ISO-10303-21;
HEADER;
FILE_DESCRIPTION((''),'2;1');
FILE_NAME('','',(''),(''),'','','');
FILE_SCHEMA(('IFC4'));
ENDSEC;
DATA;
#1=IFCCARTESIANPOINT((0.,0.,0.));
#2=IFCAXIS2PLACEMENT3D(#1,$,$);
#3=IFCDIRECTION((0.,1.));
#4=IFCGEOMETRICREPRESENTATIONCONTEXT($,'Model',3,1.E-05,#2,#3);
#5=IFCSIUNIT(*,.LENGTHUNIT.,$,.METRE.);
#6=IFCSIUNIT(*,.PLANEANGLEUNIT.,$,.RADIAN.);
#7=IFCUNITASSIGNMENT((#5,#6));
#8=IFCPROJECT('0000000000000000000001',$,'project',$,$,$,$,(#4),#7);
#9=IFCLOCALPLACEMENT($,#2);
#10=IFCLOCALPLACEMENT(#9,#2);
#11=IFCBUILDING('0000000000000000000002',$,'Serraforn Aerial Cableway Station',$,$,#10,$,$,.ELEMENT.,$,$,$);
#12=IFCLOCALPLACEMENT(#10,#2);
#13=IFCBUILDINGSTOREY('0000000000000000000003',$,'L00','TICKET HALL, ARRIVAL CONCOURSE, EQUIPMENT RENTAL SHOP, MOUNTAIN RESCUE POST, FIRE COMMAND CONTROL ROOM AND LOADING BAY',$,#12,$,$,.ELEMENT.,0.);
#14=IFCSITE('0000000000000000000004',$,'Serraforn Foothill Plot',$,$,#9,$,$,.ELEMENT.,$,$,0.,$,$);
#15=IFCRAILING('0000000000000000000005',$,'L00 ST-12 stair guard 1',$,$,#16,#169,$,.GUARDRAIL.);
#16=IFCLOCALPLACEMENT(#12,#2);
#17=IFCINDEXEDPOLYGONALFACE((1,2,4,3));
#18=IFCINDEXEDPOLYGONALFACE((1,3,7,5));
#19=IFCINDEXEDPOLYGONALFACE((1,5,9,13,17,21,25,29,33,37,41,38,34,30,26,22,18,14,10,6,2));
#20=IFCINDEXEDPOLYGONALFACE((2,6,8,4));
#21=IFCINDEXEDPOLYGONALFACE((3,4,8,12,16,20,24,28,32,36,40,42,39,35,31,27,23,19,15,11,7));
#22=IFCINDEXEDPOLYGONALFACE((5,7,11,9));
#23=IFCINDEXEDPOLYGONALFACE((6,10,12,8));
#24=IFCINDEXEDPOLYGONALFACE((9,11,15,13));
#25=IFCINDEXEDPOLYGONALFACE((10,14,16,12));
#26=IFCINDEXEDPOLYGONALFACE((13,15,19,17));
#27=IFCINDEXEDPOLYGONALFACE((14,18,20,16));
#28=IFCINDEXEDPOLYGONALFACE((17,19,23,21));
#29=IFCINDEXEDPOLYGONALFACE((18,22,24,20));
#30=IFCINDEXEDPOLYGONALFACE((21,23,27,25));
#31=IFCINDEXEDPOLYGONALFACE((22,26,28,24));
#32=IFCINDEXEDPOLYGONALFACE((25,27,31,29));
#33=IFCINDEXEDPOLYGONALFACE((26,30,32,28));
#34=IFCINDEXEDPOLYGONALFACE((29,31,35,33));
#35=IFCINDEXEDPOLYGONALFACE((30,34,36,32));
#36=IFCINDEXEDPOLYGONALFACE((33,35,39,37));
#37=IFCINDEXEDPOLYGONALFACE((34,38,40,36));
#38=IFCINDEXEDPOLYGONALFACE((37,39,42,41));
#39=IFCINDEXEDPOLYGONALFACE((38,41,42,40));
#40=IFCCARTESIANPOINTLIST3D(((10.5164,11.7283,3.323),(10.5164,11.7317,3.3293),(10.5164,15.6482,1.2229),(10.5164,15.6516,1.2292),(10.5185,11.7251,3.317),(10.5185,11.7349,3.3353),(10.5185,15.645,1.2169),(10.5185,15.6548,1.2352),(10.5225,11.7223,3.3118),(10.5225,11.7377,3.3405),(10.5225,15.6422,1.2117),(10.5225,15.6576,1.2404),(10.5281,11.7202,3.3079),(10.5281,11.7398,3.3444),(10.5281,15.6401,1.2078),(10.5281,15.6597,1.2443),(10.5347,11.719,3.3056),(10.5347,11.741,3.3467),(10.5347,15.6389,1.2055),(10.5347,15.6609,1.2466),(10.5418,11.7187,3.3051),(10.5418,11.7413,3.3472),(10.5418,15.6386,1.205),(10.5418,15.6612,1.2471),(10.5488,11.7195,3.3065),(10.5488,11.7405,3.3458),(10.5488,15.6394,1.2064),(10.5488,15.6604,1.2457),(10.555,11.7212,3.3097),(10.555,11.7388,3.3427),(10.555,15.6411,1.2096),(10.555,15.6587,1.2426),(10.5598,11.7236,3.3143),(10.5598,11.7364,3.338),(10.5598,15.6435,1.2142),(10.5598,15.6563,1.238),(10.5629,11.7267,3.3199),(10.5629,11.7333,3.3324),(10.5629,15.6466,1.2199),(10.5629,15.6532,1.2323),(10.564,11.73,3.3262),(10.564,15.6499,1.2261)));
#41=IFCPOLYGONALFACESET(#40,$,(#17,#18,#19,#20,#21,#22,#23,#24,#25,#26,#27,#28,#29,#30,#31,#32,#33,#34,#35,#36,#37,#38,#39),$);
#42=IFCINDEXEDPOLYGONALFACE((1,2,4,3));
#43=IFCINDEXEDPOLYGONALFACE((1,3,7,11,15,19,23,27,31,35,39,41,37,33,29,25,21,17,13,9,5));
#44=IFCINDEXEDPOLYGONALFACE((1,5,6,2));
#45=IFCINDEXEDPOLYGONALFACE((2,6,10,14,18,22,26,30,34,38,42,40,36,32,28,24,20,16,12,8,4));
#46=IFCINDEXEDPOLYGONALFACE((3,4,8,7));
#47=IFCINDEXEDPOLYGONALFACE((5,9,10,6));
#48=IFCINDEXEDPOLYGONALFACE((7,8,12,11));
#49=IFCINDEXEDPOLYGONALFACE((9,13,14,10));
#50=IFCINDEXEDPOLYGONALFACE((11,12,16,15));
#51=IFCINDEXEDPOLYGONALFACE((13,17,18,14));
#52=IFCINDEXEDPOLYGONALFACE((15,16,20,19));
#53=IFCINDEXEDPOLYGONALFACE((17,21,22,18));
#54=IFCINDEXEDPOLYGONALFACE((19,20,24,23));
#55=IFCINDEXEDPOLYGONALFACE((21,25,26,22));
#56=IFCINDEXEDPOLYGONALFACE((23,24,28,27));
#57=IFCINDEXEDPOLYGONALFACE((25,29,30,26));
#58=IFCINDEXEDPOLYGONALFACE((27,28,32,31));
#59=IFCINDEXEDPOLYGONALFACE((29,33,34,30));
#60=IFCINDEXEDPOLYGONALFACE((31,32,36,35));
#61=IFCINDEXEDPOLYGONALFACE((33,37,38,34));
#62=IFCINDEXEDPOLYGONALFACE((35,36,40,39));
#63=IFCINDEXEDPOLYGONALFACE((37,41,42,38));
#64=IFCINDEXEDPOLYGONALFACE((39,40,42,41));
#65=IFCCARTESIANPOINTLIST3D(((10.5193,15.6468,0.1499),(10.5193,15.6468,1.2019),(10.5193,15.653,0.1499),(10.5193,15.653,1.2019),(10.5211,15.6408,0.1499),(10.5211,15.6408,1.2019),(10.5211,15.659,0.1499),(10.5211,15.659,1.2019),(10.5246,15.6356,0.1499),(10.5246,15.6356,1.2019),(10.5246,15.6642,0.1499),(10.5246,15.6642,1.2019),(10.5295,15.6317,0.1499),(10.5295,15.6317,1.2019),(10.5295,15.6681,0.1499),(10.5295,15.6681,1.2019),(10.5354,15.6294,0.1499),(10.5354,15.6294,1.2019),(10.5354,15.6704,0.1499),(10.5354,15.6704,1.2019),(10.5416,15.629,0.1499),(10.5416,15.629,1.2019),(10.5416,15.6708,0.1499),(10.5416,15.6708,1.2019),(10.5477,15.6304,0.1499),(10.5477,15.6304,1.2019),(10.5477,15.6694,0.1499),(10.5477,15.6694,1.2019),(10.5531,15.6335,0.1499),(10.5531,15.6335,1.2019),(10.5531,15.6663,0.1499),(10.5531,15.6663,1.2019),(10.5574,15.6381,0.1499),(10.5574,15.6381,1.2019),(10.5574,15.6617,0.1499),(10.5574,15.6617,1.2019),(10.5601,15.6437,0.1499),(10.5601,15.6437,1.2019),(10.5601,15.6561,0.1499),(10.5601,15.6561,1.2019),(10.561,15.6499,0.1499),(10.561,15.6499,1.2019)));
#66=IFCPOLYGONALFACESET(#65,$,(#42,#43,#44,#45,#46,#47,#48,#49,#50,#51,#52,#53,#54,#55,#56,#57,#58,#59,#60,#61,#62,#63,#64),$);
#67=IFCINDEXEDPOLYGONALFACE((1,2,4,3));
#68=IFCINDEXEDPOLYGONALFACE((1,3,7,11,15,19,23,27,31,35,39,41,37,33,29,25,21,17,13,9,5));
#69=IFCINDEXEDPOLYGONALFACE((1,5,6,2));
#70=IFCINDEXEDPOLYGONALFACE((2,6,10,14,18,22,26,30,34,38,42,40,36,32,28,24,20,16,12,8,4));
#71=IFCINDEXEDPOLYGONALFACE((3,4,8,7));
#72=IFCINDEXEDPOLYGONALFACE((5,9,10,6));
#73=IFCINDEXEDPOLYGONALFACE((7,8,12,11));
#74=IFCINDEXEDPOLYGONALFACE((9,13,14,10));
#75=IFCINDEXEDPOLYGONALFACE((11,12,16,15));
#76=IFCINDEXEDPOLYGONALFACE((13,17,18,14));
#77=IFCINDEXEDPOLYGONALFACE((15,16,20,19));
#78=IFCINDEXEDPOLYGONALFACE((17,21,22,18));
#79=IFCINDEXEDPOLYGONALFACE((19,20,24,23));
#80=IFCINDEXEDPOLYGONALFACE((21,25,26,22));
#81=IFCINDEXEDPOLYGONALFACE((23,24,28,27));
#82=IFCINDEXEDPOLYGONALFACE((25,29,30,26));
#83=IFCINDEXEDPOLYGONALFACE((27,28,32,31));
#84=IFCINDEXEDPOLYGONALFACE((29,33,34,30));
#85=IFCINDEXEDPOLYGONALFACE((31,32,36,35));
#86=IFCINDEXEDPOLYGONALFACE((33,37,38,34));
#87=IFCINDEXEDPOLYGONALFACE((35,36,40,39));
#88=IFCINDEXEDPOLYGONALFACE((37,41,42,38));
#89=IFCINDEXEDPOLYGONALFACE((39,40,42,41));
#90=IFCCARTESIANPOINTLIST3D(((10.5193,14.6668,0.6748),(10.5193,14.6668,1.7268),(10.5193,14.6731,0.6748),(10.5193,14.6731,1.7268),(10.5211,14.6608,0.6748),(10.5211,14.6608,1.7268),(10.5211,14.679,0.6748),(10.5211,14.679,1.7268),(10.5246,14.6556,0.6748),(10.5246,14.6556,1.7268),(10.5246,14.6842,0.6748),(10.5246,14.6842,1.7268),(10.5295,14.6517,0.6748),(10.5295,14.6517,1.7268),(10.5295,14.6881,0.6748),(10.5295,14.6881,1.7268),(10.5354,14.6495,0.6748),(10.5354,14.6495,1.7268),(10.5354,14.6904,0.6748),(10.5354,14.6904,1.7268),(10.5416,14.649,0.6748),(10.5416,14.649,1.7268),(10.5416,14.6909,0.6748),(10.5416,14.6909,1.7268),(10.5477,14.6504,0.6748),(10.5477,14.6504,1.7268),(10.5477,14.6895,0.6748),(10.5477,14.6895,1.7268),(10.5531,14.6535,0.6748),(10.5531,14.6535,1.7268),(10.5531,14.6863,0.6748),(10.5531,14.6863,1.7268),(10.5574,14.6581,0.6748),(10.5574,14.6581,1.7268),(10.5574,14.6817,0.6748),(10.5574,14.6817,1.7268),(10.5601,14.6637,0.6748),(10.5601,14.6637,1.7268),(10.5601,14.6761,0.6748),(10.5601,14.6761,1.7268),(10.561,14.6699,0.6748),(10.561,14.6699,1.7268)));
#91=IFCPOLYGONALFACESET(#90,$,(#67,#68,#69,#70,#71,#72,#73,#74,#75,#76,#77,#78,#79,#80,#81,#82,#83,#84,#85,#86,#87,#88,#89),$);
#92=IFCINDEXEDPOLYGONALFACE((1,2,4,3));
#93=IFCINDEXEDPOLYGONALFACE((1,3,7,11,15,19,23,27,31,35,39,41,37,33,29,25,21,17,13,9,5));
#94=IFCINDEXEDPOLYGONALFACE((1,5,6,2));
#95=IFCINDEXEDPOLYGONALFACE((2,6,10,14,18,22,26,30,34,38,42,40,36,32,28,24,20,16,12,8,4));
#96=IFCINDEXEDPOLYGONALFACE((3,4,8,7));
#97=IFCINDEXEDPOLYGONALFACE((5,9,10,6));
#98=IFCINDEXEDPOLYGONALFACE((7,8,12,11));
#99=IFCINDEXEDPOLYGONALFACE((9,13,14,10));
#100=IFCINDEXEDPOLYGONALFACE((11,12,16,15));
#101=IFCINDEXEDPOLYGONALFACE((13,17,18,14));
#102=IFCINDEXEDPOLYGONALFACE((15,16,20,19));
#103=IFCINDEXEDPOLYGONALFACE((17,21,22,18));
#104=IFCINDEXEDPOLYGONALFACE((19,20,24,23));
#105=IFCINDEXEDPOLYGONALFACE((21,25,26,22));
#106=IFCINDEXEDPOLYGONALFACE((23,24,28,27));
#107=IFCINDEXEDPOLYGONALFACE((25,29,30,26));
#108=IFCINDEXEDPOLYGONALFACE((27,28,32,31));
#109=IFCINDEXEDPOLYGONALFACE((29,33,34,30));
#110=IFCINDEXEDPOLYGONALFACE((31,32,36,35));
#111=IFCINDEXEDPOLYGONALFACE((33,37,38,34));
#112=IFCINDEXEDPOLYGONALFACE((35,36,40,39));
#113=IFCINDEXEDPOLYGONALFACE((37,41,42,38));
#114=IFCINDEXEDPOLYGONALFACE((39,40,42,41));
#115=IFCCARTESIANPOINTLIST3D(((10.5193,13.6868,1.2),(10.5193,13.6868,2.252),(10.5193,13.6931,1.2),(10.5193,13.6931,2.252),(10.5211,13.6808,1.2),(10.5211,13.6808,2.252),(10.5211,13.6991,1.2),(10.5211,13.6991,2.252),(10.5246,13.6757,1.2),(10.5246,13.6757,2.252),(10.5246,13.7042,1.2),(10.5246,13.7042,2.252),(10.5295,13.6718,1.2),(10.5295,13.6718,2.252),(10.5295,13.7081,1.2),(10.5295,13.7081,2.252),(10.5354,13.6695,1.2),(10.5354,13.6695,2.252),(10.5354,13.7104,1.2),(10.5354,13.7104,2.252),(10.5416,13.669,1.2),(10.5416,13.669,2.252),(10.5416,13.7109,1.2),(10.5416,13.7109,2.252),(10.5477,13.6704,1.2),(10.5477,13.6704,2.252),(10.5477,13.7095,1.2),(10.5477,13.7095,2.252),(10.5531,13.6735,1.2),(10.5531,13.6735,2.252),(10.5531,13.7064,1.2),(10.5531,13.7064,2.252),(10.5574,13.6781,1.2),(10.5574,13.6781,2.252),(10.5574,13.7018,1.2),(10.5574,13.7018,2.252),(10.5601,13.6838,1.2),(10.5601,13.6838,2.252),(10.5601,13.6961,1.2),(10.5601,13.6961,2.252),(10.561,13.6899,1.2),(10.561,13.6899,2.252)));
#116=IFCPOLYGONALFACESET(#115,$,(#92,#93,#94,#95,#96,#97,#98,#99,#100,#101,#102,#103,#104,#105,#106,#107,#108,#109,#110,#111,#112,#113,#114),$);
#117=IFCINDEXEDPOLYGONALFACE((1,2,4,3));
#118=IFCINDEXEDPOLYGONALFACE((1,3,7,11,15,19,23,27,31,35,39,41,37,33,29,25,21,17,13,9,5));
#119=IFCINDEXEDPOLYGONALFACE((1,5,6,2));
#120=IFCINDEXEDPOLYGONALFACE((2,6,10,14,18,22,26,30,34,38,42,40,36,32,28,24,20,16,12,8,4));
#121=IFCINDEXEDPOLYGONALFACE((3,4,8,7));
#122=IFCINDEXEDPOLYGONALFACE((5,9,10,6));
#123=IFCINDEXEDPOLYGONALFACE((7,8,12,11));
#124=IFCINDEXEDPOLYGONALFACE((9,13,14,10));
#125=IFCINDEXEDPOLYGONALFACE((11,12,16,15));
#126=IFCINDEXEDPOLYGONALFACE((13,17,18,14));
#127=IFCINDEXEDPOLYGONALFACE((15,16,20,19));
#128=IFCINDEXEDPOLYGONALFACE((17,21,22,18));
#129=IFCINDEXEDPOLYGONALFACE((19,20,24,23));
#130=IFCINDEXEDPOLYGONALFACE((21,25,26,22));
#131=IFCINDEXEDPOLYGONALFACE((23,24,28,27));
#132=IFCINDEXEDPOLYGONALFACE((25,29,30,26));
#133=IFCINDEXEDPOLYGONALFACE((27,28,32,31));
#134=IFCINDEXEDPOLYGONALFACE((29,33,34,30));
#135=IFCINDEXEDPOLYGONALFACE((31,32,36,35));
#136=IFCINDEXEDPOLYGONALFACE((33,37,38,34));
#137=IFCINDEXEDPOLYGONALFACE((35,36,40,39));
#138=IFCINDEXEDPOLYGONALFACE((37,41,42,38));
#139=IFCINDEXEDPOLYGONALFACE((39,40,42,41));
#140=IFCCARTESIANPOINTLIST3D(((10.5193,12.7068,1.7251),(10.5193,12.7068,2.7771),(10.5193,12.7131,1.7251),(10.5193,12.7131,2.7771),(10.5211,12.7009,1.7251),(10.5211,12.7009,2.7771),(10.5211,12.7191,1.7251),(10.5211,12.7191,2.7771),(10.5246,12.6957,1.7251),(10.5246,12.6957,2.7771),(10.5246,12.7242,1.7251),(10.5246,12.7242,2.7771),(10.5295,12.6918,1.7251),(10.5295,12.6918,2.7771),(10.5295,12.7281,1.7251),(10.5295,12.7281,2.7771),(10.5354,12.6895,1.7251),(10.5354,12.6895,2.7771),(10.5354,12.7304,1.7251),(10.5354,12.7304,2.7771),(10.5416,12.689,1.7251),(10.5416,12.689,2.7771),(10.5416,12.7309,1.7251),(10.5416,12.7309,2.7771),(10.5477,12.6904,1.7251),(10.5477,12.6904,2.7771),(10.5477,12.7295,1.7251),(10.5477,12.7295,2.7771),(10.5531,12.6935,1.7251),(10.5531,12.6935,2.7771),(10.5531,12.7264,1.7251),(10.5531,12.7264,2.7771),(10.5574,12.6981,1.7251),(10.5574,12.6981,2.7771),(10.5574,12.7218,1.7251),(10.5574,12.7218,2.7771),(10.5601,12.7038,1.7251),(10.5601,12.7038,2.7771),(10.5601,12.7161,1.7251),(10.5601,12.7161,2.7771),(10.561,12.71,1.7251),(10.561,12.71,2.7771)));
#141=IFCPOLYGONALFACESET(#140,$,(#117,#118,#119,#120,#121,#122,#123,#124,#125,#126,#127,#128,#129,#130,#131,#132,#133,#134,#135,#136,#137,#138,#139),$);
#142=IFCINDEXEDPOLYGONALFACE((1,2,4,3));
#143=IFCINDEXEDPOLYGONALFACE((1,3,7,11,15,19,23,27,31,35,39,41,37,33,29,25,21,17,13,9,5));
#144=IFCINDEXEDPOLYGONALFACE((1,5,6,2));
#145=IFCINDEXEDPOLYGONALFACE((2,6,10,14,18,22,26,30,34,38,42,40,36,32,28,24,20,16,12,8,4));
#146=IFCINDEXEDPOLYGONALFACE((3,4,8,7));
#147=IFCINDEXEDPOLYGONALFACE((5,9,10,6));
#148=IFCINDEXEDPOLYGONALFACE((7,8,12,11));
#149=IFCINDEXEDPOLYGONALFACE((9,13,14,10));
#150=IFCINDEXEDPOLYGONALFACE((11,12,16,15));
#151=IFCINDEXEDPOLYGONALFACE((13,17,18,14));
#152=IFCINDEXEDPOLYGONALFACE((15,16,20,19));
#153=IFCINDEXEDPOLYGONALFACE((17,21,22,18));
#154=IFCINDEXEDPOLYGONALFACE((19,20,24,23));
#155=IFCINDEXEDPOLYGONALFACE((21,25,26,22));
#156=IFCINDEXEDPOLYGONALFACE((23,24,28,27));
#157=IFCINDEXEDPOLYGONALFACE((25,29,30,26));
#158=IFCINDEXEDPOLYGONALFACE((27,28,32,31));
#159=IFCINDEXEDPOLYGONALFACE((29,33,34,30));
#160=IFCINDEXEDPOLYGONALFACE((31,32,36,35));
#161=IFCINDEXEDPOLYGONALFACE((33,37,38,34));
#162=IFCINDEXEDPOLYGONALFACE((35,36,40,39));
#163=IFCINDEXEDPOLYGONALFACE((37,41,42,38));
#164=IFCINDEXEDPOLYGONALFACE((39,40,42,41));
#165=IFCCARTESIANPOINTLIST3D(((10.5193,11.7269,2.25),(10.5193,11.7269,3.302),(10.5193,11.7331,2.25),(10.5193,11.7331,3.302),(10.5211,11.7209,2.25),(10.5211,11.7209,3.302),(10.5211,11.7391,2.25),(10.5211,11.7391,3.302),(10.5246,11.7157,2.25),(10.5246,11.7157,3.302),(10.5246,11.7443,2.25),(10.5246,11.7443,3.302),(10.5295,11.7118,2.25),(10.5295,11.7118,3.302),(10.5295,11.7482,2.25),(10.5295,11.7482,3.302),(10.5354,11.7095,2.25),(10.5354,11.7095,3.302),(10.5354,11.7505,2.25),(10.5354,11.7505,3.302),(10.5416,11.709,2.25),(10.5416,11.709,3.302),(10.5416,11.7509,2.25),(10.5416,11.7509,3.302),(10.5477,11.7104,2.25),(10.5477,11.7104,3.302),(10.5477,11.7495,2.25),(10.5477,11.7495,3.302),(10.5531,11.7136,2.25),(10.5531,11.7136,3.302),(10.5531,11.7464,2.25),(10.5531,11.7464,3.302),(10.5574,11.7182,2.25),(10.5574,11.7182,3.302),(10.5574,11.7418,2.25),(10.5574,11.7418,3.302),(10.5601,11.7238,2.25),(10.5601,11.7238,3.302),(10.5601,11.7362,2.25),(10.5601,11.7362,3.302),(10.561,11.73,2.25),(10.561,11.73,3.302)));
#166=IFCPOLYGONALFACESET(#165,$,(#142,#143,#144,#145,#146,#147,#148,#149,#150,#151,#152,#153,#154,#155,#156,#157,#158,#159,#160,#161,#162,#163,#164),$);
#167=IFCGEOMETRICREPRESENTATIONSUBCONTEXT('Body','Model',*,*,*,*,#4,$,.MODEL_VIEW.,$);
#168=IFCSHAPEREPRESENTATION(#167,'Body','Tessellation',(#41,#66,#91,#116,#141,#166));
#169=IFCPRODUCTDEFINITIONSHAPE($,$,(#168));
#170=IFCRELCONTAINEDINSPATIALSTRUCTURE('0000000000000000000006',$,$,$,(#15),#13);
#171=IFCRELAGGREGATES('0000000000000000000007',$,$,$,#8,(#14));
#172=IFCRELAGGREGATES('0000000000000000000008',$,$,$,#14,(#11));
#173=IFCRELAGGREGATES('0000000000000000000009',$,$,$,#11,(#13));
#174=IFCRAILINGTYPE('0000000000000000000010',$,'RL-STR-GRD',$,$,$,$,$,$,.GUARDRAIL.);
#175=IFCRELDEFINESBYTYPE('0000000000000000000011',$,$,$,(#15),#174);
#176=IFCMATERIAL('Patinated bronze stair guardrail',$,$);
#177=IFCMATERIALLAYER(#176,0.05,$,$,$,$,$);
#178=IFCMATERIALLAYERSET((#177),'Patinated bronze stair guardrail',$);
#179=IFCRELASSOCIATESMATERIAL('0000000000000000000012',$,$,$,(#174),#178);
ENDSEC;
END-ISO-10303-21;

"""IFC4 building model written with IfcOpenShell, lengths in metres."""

from ifc_helpers import new_model, si_unit, direction, frame, origin, origin_2d, place, context, subcontext, project, spatial, circle, extrude, material, layer, layer_set, type_object, element, save


model = new_model("IFC4")

# Units and contexts
model_context = context("Model", 3, precision=1e-05, world=origin(), true_north=direction((0.0, 1.0)))
body_context = subcontext(model_context, "Body", "Model", "MODEL_VIEW")
ifc_project = project(units=[si_unit("LENGTHUNIT", "METRE"), si_unit("PLANEANGLEUNIT", "RADIAN")], contexts=[model_context])

# Site, building, storey
site_placement = place(None, origin())
site = spatial("IfcSite", under=ifc_project, at=site_placement, Name="Serraforn Foothill Plot", CompositionType="ELEMENT", RefElevation=0.0)
building_placement = place(site_placement, origin())
building = spatial("IfcBuilding", under=site, at=building_placement, Name="Serraforn Aerial Cableway Station", CompositionType="ELEMENT")
storey_placement = place(building_placement, origin())
storey = spatial("IfcBuildingStorey", under=building, at=storey_placement, Name="L00", Description="TICKET HALL, ARRIVAL CONCOURSE, EQUIPMENT RENTAL SHOP, MOUNTAIN RESCUE POST, FIRE COMMAND CONTROL ROOM AND LOADING BAY", CompositionType="ELEMENT", Elevation=0.0)

# Railing
ifc_material_1 = material(Name="Patinated bronze stair guardrail")
ifc_layer_1 = layer(ifc_material_1, 0.05)
ifc_layer_set_1 = layer_set([ifc_layer_1], Name="Patinated bronze stair guardrail")
railing_type_1 = type_object("IfcRailingType", Name="RL-STR-GRD", PredefinedType="GUARDRAIL", material=ifc_layer_set_1)
railing_1_placement = place(storey_placement, frame((10.54, 15.6499, 0.1499)))
element("IfcRailing", 1, at=railing_1_placement, inside=storey, type_object=railing_type_1, Name="L00 ST-12 stair guard 1", PredefinedType="GUARDRAIL", context=body_context, shape_type="SweptSolid", body=[
    extrude(circle(Radius=0.0239, at=origin_2d()), frame((0.0, 0.0, 1.0762), z_axis=(0.0, -0.881467, 0.472246), x_axis=(1.0, 0.0, 0.0)), (0.0, 0.0, 1.0), 4.447),
    extrude(circle(Radius=0.021, at=origin_2d()), origin(), (0.0, 0.0, 1.0), 1.052),
    extrude(circle(Radius=0.021, at=origin_2d()), frame((0.0, -0.98, 0.5249)), (0.0, 0.0, 1.0), 1.052),
    extrude(circle(Radius=0.021, at=origin_2d()), frame((0.0, -1.96, 1.05)), (0.0, 0.0, 1.0), 1.052),
    extrude(circle(Radius=0.021, at=origin_2d()), frame((0.0, -2.9399, 1.5752)), (0.0, 0.0, 1.0), 1.052),
    extrude(circle(Radius=0.021, at=origin_2d()), frame((0.0, -3.9199, 2.1001)), (0.0, 0.0, 1.0), 1.052),
])

save(model, "model.ifc")
